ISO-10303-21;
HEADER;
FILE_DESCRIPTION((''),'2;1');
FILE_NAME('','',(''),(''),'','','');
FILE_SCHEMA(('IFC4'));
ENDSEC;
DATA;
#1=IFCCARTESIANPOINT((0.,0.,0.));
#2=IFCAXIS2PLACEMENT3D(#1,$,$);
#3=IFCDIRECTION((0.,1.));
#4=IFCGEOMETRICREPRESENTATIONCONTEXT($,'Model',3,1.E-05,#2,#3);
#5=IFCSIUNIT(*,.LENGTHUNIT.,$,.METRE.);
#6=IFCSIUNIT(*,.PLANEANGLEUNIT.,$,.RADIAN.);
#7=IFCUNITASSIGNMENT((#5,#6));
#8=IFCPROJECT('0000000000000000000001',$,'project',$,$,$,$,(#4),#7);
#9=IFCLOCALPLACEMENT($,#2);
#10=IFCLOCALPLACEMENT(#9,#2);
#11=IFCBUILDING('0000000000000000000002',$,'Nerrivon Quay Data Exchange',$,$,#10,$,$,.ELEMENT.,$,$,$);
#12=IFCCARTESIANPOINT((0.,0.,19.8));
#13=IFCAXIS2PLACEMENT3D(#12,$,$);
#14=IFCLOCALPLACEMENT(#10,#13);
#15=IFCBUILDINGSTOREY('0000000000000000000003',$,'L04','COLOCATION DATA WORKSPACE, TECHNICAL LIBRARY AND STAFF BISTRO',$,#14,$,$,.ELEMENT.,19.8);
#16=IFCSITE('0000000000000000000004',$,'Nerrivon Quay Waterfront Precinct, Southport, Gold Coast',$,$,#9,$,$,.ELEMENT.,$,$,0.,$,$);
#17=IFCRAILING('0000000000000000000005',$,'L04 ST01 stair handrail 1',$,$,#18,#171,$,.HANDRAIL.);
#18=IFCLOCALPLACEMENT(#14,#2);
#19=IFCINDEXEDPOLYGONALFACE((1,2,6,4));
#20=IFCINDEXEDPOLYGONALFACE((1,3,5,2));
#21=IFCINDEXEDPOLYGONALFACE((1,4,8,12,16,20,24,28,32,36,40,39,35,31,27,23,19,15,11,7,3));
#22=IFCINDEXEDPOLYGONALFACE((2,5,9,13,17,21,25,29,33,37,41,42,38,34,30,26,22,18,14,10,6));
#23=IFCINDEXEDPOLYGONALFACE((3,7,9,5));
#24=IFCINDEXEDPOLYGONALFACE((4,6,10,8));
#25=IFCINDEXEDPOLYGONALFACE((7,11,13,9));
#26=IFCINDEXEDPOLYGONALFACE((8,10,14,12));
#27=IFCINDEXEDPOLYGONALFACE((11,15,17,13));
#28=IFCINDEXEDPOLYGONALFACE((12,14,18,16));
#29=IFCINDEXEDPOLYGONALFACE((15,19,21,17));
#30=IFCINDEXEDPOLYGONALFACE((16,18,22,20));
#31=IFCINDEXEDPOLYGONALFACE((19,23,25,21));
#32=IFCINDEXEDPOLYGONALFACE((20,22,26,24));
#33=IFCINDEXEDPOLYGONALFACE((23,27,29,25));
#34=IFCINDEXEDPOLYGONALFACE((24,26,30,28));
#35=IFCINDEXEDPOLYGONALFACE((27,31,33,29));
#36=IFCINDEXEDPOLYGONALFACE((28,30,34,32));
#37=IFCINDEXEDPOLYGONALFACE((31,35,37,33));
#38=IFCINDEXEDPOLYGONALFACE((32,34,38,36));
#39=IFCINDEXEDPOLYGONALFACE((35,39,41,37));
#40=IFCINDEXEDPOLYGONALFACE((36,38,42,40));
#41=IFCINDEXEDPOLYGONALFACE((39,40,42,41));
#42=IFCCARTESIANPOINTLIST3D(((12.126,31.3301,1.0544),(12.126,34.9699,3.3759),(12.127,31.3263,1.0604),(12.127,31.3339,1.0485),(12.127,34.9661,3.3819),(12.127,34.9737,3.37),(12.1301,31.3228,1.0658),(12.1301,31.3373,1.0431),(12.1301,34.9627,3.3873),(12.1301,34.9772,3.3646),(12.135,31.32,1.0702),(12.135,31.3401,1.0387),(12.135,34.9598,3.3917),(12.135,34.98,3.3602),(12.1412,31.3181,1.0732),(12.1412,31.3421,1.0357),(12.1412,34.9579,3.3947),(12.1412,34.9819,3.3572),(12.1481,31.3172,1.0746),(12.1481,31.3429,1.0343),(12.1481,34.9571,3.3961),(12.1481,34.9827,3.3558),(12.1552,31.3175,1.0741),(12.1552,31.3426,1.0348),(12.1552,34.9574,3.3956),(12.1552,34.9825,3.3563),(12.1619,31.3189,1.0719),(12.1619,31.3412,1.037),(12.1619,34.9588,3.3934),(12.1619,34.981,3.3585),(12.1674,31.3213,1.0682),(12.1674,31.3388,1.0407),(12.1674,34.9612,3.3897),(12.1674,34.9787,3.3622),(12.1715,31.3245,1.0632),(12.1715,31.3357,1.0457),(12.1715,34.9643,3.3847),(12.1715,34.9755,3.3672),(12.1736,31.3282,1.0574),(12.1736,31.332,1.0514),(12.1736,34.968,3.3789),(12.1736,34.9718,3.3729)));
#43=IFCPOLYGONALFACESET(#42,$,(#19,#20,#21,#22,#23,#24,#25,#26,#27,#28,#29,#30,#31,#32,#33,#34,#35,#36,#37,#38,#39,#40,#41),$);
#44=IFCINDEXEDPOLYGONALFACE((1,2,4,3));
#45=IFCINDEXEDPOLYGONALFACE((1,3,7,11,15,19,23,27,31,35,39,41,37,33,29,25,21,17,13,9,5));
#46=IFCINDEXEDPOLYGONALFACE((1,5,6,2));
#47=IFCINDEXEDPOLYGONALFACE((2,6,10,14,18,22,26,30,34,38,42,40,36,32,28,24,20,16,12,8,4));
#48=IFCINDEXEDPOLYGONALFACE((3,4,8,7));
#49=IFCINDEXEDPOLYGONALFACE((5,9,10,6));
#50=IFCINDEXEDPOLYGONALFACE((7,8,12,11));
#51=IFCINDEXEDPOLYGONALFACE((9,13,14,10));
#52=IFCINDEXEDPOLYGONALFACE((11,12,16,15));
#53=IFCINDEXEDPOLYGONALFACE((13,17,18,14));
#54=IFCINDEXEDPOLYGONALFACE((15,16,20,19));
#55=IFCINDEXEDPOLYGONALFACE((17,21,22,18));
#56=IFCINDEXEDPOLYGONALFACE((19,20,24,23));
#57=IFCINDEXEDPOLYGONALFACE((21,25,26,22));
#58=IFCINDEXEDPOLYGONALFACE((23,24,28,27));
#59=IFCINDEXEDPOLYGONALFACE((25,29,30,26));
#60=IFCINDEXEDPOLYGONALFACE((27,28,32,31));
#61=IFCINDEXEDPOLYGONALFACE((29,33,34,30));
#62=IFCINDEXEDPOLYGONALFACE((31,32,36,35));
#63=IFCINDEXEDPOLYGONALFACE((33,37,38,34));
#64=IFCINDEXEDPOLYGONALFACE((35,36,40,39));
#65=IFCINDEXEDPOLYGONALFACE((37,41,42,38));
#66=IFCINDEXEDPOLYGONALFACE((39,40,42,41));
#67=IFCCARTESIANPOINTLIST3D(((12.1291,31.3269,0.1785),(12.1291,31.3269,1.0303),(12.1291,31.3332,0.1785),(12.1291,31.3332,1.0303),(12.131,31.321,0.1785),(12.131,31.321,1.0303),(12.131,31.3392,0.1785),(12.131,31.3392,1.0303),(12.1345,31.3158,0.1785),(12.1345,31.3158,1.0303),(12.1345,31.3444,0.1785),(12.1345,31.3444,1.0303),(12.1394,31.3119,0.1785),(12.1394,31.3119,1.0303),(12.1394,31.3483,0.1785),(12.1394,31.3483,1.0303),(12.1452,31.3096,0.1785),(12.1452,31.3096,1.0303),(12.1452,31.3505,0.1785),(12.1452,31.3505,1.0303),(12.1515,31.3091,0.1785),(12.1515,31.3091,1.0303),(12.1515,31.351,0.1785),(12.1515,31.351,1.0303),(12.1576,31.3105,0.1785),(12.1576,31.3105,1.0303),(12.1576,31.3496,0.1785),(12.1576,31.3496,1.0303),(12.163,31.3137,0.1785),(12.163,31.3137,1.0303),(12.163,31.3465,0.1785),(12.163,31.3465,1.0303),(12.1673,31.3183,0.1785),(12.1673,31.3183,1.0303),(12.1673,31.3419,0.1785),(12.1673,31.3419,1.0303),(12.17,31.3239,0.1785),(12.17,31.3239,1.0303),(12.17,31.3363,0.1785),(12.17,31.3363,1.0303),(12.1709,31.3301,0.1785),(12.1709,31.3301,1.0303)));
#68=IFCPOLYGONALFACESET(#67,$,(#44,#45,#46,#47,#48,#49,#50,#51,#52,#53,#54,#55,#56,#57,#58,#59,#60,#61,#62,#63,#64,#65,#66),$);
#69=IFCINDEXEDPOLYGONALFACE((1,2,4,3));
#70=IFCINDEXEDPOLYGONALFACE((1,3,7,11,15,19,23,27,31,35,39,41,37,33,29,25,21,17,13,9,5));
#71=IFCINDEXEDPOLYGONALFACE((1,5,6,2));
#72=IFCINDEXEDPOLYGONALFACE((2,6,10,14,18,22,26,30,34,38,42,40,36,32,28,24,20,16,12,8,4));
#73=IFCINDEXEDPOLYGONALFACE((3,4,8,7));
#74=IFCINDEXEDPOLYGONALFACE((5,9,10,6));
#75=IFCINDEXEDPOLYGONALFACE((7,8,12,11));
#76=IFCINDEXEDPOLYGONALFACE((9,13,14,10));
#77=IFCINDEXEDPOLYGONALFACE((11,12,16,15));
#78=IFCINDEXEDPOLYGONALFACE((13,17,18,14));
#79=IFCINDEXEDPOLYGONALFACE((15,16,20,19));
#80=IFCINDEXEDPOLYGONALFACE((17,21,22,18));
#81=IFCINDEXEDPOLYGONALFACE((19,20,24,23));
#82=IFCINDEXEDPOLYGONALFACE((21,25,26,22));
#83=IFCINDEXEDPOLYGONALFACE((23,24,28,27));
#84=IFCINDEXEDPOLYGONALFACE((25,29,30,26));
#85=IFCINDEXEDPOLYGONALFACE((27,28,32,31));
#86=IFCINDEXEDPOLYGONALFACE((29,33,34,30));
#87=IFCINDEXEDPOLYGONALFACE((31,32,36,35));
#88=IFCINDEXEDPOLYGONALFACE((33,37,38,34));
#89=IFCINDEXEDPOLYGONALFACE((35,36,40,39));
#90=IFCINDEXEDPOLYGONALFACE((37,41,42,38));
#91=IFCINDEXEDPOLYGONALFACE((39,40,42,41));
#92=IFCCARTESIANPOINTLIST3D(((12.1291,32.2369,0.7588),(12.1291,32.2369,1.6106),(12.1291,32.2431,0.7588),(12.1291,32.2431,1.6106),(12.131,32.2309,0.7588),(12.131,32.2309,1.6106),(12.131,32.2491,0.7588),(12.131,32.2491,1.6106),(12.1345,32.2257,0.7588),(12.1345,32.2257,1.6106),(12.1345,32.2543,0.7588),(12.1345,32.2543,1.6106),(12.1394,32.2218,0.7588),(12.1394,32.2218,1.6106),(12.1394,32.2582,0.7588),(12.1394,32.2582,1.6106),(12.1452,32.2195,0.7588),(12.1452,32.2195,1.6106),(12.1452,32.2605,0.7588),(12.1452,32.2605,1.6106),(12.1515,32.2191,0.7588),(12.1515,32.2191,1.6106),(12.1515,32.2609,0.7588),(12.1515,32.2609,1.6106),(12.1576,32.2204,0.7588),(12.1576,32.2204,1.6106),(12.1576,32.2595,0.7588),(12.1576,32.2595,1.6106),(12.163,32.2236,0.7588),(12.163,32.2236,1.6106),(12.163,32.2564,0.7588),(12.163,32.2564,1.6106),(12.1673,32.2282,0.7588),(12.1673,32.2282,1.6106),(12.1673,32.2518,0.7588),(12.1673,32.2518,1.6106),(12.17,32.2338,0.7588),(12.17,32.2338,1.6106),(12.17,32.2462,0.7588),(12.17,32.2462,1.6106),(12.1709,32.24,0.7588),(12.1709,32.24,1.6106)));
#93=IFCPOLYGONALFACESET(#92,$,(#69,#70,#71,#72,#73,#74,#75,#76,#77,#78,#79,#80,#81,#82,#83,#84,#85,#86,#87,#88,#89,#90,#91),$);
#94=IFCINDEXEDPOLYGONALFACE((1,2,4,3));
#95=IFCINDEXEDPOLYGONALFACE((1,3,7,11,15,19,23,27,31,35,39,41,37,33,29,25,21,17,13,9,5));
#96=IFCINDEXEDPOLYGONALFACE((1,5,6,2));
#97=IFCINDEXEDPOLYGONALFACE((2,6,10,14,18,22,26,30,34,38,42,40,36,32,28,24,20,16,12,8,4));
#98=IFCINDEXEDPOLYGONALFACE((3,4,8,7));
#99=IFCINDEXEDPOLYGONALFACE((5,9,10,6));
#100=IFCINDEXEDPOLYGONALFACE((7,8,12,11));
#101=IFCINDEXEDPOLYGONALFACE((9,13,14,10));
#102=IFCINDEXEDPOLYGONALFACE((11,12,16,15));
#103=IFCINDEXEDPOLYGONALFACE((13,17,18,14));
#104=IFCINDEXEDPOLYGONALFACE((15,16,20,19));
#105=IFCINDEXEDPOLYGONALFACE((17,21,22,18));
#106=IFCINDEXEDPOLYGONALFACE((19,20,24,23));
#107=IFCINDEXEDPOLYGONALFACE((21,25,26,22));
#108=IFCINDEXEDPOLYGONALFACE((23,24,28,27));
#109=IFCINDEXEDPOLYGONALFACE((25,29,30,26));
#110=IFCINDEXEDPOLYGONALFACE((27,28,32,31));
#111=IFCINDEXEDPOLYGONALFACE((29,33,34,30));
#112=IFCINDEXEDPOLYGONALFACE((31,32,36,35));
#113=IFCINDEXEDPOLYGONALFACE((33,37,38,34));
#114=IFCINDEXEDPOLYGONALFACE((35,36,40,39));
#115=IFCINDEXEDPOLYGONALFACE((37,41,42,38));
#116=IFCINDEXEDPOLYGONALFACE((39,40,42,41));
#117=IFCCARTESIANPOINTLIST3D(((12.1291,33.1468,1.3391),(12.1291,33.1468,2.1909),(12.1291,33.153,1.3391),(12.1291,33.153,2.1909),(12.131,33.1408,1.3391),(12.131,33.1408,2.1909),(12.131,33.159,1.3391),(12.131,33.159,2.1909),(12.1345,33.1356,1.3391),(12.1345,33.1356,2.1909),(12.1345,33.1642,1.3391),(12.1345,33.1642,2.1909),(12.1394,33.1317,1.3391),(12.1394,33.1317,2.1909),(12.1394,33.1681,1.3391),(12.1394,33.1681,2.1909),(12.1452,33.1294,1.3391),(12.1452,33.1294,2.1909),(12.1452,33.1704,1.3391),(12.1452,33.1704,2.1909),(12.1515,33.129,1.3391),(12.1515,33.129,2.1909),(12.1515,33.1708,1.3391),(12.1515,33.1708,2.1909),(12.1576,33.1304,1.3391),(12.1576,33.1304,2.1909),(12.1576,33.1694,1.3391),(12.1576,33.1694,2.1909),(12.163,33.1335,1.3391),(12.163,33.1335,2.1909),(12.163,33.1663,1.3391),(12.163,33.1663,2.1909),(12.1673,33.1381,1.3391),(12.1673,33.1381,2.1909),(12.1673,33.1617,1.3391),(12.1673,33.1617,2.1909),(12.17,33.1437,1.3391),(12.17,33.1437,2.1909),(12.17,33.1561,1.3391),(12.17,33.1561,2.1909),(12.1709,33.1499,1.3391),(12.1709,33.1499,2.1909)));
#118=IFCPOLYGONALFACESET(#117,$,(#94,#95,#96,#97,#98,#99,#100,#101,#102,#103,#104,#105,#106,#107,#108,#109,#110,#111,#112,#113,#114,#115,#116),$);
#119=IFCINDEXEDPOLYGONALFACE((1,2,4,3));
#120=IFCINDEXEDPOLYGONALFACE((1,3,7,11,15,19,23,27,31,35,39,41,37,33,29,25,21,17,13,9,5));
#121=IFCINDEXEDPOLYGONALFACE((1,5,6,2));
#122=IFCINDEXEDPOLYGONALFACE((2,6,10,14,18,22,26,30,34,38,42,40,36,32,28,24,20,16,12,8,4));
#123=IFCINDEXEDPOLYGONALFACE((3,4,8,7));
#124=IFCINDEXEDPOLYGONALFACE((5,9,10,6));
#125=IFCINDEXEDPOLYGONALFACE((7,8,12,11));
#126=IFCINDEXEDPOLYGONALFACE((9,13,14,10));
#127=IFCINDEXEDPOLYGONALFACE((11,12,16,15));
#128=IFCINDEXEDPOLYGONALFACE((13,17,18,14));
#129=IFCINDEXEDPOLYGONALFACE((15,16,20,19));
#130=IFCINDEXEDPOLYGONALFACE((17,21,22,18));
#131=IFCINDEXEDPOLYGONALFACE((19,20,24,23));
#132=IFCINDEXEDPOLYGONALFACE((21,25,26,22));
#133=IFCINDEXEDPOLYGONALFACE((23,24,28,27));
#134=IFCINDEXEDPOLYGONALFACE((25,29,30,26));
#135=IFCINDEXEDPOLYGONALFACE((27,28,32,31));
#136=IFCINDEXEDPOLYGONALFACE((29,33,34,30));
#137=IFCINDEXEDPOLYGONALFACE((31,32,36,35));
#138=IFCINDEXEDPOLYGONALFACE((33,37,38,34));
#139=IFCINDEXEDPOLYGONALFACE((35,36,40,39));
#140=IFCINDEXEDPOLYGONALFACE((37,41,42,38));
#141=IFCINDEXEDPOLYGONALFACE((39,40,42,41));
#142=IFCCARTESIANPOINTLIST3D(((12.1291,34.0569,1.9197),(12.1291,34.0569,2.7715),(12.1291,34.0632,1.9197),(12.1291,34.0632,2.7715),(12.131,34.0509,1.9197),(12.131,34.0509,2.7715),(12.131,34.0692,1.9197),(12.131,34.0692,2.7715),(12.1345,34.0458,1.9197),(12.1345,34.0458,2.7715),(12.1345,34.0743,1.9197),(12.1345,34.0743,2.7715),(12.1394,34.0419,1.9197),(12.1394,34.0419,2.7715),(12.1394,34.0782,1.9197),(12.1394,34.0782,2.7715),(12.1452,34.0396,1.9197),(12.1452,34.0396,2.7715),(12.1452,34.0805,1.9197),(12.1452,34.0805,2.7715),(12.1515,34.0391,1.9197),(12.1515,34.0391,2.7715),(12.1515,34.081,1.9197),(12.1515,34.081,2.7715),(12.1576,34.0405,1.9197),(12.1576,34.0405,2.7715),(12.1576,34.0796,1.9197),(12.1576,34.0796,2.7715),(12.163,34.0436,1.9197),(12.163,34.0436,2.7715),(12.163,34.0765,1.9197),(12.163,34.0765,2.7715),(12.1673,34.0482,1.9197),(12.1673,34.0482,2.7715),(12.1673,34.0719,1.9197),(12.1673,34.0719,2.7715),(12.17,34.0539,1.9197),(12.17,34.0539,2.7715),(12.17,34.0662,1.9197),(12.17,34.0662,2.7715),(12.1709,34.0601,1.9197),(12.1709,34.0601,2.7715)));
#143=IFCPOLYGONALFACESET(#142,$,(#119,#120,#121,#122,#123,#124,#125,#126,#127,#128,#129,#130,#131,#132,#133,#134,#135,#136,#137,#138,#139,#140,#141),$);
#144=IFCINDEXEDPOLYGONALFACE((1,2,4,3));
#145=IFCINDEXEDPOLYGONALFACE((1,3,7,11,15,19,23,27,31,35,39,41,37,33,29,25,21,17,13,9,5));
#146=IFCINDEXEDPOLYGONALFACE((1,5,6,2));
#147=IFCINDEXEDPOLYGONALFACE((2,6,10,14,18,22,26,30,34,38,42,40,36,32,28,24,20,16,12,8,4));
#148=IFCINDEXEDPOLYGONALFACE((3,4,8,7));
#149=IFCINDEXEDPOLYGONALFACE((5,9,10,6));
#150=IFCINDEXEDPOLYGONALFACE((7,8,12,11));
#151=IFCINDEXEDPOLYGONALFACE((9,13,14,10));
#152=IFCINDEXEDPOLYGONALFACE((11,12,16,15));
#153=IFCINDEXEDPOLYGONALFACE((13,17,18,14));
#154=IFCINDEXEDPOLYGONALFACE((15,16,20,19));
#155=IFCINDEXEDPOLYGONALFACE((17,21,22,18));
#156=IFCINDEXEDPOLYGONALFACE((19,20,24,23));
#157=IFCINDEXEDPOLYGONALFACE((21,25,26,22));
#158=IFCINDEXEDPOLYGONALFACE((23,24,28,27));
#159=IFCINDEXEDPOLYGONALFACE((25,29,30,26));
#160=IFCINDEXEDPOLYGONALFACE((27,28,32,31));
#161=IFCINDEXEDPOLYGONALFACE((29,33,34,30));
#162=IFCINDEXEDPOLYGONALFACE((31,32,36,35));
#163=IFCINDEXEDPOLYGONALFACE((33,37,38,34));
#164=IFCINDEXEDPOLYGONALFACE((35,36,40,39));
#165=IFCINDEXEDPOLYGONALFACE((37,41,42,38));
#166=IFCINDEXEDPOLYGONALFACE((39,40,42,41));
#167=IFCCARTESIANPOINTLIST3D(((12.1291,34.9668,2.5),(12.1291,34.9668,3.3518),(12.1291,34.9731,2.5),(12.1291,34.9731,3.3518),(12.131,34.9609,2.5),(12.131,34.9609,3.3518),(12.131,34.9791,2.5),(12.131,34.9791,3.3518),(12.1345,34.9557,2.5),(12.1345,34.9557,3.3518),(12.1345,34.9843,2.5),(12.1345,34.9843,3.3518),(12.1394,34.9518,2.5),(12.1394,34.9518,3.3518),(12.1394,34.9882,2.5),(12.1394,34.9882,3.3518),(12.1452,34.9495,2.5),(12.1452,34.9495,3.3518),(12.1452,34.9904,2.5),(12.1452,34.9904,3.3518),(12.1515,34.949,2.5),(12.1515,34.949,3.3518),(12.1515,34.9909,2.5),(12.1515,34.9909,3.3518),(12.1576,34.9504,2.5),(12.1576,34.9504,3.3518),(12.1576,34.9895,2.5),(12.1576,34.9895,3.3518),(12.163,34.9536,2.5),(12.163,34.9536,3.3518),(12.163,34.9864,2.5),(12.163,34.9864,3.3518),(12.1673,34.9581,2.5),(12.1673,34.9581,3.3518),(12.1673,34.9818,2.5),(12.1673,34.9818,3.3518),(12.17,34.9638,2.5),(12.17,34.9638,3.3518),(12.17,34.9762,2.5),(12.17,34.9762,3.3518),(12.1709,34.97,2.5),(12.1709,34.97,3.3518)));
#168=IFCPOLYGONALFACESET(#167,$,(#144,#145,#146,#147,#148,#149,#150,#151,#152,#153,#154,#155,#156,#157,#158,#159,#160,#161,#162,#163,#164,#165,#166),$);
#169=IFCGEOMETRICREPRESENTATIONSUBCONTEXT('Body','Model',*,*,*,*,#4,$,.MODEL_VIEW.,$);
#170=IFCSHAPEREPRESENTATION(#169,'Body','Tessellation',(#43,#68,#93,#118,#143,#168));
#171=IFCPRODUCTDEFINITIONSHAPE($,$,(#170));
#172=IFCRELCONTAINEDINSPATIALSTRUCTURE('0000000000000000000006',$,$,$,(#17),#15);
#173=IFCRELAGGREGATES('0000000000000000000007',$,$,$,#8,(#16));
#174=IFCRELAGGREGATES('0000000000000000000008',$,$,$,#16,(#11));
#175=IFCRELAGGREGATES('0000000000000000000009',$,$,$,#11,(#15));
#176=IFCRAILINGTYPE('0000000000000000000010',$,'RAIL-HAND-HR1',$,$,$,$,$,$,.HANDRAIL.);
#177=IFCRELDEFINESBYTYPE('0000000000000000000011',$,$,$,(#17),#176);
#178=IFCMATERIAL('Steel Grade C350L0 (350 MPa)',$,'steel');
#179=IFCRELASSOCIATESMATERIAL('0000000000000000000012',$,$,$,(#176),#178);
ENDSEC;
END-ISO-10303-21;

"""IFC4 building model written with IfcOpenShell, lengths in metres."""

from ifc_helpers import new_model, si_unit, direction, frame, origin, origin_2d, place, context, subcontext, project, spatial, circle, extrude, material, type_object, element, save


model = new_model("IFC4")

# Units and contexts
model_context = context("Model", 3, precision=1e-05, world=origin(), true_north=direction((0.0, 1.0)))
body_context = subcontext(model_context, "Body", "Model", "MODEL_VIEW")
ifc_project = project(units=[si_unit("LENGTHUNIT", "METRE"), si_unit("PLANEANGLEUNIT", "RADIAN")], contexts=[model_context])

# Site, building, storey
site_placement = place(None, origin())
site = spatial("IfcSite", under=ifc_project, at=site_placement, Name="Nerrivon Quay Waterfront Precinct, Southport, Gold Coast", CompositionType="ELEMENT", RefElevation=0.0)
building_placement = place(site_placement, origin())
building = spatial("IfcBuilding", under=site, at=building_placement, Name="Nerrivon Quay Data Exchange", CompositionType="ELEMENT")
storey_placement = place(building_placement, frame((0.0, 0.0, 19.8)))
storey = spatial("IfcBuildingStorey", under=building, at=storey_placement, Name="L04", Description="COLOCATION DATA WORKSPACE, TECHNICAL LIBRARY AND STAFF BISTRO", CompositionType="ELEMENT", Elevation=19.8)

# Railing
ifc_material_1 = material(Name="Steel Grade C350L0 (350 MPa)", Category="steel")
railing_type_1 = type_object("IfcRailingType", Name="RAIL-HAND-HR1", PredefinedType="HANDRAIL", material=ifc_material_1)
railing_1_placement = place(storey_placement, frame((12.1499, 31.3301, 0.1785)))
element("IfcRailing", 1, at=railing_1_placement, inside=storey, type_object=railing_type_1, Name="L04 ST01 stair handrail 1", PredefinedType="HANDRAIL", context=body_context, shape_type="SweptSolid", body=[
    extrude(circle(Radius=0.0239, at=origin_2d()), frame((0.0, 0.0, 0.876), z_axis=(0.0, 0.843112, 0.537739), x_axis=(-1.0, 0.0, 0.0)), (0.0, 0.0, 1.0), 4.3171),
    extrude(circle(Radius=0.021, at=origin_2d()), origin(), (0.0, 0.0, 1.0), 0.8518),
    extrude(circle(Radius=0.021, at=origin_2d()), frame((0.0, 0.9099, 0.5803)), (0.0, 0.0, 1.0), 0.8518),
    extrude(circle(Radius=0.021, at=origin_2d()), frame((0.0, 1.8198, 1.1606)), (0.0, 0.0, 1.0), 0.8518),
    extrude(circle(Radius=0.021, at=origin_2d()), frame((0.0, 2.73, 1.7412)), (0.0, 0.0, 1.0), 0.8518),
    extrude(circle(Radius=0.021, at=origin_2d()), frame((0.0, 3.6399, 2.3215)), (0.0, 0.0, 1.0), 0.8518),
])

save(model, "model.ifc")
